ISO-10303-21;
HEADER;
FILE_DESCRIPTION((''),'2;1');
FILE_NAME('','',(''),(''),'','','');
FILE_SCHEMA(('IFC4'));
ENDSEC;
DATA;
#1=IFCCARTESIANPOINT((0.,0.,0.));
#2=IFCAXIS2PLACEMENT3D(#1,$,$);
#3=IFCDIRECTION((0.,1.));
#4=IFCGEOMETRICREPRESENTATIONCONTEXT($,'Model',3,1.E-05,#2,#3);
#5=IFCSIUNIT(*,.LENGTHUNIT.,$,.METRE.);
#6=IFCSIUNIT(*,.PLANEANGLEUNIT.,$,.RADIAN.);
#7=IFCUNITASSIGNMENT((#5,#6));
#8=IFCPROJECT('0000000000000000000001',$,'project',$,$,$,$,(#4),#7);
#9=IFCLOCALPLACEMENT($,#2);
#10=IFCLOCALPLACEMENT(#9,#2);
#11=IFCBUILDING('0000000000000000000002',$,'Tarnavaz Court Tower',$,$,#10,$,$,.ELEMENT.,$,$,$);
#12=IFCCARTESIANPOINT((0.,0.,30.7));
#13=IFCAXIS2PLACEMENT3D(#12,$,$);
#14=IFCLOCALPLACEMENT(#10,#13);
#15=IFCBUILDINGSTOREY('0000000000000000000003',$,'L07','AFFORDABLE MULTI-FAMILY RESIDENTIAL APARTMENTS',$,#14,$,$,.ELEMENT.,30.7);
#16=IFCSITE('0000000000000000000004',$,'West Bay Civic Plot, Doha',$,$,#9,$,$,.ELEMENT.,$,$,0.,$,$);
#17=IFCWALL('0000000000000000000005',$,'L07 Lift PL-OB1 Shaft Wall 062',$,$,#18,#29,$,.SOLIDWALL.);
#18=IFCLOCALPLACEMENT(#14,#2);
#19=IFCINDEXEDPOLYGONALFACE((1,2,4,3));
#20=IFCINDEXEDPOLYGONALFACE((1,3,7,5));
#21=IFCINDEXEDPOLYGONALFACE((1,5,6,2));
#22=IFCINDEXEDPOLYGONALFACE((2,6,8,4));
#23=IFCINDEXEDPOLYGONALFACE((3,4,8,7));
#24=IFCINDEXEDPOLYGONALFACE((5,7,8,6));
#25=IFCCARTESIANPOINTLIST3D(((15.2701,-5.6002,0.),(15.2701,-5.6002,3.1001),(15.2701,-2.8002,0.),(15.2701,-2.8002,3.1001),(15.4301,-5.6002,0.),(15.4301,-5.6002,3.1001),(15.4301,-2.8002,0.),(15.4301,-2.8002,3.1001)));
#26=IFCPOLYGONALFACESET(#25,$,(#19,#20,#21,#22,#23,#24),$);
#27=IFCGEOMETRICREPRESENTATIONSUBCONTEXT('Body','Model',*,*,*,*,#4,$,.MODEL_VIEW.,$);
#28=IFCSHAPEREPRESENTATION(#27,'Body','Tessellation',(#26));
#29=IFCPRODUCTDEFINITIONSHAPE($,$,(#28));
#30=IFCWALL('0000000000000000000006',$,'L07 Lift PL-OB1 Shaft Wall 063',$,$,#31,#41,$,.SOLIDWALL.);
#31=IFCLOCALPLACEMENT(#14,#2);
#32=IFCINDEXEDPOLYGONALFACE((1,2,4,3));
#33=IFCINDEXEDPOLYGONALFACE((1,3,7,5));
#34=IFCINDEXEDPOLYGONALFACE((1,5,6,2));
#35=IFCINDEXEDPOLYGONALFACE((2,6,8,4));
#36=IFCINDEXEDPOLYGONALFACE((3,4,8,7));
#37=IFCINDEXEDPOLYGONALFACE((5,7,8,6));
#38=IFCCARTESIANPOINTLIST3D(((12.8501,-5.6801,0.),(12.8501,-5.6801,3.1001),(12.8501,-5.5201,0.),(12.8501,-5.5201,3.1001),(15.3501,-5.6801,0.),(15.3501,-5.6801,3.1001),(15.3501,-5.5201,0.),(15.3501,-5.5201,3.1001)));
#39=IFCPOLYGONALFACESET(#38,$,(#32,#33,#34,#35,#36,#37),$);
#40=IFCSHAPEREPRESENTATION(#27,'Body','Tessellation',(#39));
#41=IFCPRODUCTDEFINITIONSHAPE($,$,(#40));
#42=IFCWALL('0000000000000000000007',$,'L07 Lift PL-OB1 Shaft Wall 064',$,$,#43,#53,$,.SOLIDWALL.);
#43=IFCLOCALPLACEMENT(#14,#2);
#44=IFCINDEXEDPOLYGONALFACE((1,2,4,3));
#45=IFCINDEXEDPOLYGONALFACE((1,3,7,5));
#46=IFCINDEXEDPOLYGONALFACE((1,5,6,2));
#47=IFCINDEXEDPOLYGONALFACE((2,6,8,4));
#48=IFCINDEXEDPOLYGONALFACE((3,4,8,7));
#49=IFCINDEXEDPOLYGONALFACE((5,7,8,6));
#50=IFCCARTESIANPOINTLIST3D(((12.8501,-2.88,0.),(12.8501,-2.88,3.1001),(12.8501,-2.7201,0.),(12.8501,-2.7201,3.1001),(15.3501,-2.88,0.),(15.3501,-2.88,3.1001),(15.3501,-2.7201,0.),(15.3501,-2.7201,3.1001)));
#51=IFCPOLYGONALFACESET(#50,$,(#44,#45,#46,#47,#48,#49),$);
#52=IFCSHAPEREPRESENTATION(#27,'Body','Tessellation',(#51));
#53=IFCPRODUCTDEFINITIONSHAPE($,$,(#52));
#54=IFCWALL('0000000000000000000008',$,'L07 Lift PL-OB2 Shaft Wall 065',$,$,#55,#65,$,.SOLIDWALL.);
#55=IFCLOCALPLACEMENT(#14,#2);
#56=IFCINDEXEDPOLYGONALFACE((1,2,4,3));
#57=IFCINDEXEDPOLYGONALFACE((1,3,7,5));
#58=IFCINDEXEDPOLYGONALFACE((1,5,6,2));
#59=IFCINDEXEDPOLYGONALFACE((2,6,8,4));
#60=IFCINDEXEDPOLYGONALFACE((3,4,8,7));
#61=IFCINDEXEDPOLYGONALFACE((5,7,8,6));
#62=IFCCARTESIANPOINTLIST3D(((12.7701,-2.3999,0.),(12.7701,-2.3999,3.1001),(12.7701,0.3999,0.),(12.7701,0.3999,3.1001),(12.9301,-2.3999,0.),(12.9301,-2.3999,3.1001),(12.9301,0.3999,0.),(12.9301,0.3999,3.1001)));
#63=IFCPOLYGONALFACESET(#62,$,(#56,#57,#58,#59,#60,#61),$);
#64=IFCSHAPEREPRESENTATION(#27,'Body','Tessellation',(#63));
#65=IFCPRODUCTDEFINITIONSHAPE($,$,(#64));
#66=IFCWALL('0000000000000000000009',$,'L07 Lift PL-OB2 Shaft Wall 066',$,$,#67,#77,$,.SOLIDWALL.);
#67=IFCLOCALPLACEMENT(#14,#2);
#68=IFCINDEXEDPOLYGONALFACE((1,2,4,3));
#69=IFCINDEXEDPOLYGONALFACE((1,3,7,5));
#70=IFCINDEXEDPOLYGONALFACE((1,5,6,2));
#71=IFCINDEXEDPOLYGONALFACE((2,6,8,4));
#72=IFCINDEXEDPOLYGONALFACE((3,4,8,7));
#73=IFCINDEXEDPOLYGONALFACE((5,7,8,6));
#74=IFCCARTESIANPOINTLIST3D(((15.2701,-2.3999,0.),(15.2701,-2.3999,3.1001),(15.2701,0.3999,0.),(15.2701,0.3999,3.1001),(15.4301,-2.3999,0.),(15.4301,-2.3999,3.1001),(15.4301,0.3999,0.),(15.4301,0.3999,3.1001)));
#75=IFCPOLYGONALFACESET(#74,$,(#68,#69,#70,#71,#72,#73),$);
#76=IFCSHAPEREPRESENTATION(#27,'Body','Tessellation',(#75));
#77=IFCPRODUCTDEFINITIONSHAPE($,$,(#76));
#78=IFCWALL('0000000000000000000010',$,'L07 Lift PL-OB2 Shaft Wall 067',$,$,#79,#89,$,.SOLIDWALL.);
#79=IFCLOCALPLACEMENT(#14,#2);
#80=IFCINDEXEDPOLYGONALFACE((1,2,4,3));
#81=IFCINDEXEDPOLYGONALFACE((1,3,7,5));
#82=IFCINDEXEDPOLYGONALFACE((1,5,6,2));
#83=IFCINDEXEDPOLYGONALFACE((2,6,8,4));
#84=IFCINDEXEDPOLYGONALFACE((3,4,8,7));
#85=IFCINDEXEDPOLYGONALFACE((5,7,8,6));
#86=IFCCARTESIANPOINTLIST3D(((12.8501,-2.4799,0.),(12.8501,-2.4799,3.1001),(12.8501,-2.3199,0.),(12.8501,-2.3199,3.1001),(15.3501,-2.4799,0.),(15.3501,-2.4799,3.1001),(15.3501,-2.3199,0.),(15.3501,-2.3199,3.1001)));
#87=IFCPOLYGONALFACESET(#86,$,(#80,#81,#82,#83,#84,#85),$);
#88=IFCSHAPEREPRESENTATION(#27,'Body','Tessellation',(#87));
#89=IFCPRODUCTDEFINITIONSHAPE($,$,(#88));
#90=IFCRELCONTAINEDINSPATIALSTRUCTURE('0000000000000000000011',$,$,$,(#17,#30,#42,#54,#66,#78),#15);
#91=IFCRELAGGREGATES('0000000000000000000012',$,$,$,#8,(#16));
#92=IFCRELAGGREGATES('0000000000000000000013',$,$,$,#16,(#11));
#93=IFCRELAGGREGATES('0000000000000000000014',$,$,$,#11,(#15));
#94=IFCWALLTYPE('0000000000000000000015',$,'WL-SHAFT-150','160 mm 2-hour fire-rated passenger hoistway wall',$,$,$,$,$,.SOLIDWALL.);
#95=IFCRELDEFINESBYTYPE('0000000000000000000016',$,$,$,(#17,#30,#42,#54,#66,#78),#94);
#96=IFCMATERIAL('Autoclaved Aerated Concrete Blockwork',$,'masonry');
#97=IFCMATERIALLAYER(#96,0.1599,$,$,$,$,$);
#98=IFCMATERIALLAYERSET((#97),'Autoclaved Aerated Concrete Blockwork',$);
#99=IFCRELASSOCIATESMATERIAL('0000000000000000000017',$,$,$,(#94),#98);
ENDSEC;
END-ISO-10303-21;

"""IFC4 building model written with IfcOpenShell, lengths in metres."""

from ifc_helpers import new_model, si_unit, direction, frame, frame_2d, origin, place, context, subcontext, project, spatial, rectangle, extrude, material, layer, layer_set, type_object, element, save


model = new_model("IFC4")

# Units and contexts
model_context = context("Model", 3, precision=1e-05, world=origin(), true_north=direction((0.0, 1.0)))
body_context = subcontext(model_context, "Body", "Model", "MODEL_VIEW")
ifc_project = project(units=[si_unit("LENGTHUNIT", "METRE"), si_unit("PLANEANGLEUNIT", "RADIAN")], contexts=[model_context])

# Site, building, storey
site_placement = place(None, origin())
site = spatial("IfcSite", under=ifc_project, at=site_placement, Name="West Bay Civic Plot, Doha", CompositionType="ELEMENT", RefElevation=0.0)
building_placement = place(site_placement, origin())
building = spatial("IfcBuilding", under=site, at=building_placement, Name="Tarnavaz Court Tower", CompositionType="ELEMENT")
storey_placement = place(building_placement, frame((0.0, 0.0, 30.7)))
storey = spatial("IfcBuildingStorey", under=building, at=storey_placement, Name="L07", Description="AFFORDABLE MULTI-FAMILY RESIDENTIAL APARTMENTS", CompositionType="ELEMENT", Elevation=30.7)

# Walls
ifc_material_1 = material(Name="Autoclaved Aerated Concrete Blockwork", Category="masonry")
ifc_layer_1 = layer(ifc_material_1, 0.1599)
ifc_layer_set_1 = layer_set([ifc_layer_1], Name="Autoclaved Aerated Concrete Blockwork")
wall_type_1 = type_object("IfcWallType", Name="WL-SHAFT-150", Description="160 mm 2-hour fire-rated passenger hoistway wall", PredefinedType="SOLIDWALL", material=ifc_layer_set_1)
wall_1_placement = place(storey_placement, frame((15.3501, -5.6001, 0.0), z_axis=(0.0, 0.0, 1.0), x_axis=(0.0, 1.0, 0.0)))
element("IfcWall", 1, at=wall_1_placement, inside=storey, type_object=wall_type_1, Name="L07 Lift PL-OB1 Shaft Wall 062", PredefinedType="SOLIDWALL", context=body_context, shape_type="SweptSolid", body=[
    extrude(rectangle(XDim=2.8, YDim=0.1599, at=frame_2d((1.3999, 0.0))), origin(), (0.0, 0.0, 1.0), 3.1001),
])
for number, where, z_axis, x_axis, name in (
    (2, (12.8501, -5.6001, 0.0), (0.0, 0.0, 1.0), (1.0, 0.0, 0.0), "L07 Lift PL-OB1 Shaft Wall 063"),
    (3, (12.8501, -2.8, 0.0), (0.0, 0.0, 1.0), (1.0, 0.0, 0.0), "L07 Lift PL-OB1 Shaft Wall 064"),
):
    element("IfcWall", number, at=place(storey_placement, frame(where, z_axis=z_axis, x_axis=x_axis)), inside=storey, type_object=wall_type_1, Name=name, PredefinedType="SOLIDWALL", context=body_context, shape_type="SweptSolid", body=[
        extrude(rectangle(XDim=2.5, YDim=0.1599, at=frame_2d((1.25, 0.0))), origin(), (0.0, 0.0, 1.0), 3.1001),
    ])
for number, where, z_axis, x_axis, name in (
    (4, (12.8501, -2.3999, 0.0), (0.0, 0.0, 1.0), (0.0, 1.0, 0.0), "L07 Lift PL-OB2 Shaft Wall 065"),
    (5, (15.3501, -2.3999, 0.0), (0.0, 0.0, 1.0), (0.0, 1.0, 0.0), "L07 Lift PL-OB2 Shaft Wall 066"),
):
    element("IfcWall", number, at=place(storey_placement, frame(where, z_axis=z_axis, x_axis=x_axis)), inside=storey, type_object=wall_type_1, Name=name, PredefinedType="SOLIDWALL", context=body_context, shape_type="SweptSolid", body=[
        extrude(rectangle(XDim=2.7998, YDim=0.1599, at=frame_2d((1.3999, 0.0))), origin(), (0.0, 0.0, 1.0), 3.1001),
    ])
wall_2_placement = place(storey_placement, frame((12.8501, -2.3999, 0.0), z_axis=(0.0, 0.0, 1.0), x_axis=(1.0, 0.0, 0.0)))
element("IfcWall", 6, at=wall_2_placement, inside=storey, type_object=wall_type_1, Name="L07 Lift PL-OB2 Shaft Wall 067", PredefinedType="SOLIDWALL", context=body_context, shape_type="SweptSolid", body=[
    extrude(rectangle(XDim=2.5, YDim=0.1599, at=frame_2d((1.25, 0.0))), origin(), (0.0, 0.0, 1.0), 3.1001),
])

save(model, "model.ifc")
